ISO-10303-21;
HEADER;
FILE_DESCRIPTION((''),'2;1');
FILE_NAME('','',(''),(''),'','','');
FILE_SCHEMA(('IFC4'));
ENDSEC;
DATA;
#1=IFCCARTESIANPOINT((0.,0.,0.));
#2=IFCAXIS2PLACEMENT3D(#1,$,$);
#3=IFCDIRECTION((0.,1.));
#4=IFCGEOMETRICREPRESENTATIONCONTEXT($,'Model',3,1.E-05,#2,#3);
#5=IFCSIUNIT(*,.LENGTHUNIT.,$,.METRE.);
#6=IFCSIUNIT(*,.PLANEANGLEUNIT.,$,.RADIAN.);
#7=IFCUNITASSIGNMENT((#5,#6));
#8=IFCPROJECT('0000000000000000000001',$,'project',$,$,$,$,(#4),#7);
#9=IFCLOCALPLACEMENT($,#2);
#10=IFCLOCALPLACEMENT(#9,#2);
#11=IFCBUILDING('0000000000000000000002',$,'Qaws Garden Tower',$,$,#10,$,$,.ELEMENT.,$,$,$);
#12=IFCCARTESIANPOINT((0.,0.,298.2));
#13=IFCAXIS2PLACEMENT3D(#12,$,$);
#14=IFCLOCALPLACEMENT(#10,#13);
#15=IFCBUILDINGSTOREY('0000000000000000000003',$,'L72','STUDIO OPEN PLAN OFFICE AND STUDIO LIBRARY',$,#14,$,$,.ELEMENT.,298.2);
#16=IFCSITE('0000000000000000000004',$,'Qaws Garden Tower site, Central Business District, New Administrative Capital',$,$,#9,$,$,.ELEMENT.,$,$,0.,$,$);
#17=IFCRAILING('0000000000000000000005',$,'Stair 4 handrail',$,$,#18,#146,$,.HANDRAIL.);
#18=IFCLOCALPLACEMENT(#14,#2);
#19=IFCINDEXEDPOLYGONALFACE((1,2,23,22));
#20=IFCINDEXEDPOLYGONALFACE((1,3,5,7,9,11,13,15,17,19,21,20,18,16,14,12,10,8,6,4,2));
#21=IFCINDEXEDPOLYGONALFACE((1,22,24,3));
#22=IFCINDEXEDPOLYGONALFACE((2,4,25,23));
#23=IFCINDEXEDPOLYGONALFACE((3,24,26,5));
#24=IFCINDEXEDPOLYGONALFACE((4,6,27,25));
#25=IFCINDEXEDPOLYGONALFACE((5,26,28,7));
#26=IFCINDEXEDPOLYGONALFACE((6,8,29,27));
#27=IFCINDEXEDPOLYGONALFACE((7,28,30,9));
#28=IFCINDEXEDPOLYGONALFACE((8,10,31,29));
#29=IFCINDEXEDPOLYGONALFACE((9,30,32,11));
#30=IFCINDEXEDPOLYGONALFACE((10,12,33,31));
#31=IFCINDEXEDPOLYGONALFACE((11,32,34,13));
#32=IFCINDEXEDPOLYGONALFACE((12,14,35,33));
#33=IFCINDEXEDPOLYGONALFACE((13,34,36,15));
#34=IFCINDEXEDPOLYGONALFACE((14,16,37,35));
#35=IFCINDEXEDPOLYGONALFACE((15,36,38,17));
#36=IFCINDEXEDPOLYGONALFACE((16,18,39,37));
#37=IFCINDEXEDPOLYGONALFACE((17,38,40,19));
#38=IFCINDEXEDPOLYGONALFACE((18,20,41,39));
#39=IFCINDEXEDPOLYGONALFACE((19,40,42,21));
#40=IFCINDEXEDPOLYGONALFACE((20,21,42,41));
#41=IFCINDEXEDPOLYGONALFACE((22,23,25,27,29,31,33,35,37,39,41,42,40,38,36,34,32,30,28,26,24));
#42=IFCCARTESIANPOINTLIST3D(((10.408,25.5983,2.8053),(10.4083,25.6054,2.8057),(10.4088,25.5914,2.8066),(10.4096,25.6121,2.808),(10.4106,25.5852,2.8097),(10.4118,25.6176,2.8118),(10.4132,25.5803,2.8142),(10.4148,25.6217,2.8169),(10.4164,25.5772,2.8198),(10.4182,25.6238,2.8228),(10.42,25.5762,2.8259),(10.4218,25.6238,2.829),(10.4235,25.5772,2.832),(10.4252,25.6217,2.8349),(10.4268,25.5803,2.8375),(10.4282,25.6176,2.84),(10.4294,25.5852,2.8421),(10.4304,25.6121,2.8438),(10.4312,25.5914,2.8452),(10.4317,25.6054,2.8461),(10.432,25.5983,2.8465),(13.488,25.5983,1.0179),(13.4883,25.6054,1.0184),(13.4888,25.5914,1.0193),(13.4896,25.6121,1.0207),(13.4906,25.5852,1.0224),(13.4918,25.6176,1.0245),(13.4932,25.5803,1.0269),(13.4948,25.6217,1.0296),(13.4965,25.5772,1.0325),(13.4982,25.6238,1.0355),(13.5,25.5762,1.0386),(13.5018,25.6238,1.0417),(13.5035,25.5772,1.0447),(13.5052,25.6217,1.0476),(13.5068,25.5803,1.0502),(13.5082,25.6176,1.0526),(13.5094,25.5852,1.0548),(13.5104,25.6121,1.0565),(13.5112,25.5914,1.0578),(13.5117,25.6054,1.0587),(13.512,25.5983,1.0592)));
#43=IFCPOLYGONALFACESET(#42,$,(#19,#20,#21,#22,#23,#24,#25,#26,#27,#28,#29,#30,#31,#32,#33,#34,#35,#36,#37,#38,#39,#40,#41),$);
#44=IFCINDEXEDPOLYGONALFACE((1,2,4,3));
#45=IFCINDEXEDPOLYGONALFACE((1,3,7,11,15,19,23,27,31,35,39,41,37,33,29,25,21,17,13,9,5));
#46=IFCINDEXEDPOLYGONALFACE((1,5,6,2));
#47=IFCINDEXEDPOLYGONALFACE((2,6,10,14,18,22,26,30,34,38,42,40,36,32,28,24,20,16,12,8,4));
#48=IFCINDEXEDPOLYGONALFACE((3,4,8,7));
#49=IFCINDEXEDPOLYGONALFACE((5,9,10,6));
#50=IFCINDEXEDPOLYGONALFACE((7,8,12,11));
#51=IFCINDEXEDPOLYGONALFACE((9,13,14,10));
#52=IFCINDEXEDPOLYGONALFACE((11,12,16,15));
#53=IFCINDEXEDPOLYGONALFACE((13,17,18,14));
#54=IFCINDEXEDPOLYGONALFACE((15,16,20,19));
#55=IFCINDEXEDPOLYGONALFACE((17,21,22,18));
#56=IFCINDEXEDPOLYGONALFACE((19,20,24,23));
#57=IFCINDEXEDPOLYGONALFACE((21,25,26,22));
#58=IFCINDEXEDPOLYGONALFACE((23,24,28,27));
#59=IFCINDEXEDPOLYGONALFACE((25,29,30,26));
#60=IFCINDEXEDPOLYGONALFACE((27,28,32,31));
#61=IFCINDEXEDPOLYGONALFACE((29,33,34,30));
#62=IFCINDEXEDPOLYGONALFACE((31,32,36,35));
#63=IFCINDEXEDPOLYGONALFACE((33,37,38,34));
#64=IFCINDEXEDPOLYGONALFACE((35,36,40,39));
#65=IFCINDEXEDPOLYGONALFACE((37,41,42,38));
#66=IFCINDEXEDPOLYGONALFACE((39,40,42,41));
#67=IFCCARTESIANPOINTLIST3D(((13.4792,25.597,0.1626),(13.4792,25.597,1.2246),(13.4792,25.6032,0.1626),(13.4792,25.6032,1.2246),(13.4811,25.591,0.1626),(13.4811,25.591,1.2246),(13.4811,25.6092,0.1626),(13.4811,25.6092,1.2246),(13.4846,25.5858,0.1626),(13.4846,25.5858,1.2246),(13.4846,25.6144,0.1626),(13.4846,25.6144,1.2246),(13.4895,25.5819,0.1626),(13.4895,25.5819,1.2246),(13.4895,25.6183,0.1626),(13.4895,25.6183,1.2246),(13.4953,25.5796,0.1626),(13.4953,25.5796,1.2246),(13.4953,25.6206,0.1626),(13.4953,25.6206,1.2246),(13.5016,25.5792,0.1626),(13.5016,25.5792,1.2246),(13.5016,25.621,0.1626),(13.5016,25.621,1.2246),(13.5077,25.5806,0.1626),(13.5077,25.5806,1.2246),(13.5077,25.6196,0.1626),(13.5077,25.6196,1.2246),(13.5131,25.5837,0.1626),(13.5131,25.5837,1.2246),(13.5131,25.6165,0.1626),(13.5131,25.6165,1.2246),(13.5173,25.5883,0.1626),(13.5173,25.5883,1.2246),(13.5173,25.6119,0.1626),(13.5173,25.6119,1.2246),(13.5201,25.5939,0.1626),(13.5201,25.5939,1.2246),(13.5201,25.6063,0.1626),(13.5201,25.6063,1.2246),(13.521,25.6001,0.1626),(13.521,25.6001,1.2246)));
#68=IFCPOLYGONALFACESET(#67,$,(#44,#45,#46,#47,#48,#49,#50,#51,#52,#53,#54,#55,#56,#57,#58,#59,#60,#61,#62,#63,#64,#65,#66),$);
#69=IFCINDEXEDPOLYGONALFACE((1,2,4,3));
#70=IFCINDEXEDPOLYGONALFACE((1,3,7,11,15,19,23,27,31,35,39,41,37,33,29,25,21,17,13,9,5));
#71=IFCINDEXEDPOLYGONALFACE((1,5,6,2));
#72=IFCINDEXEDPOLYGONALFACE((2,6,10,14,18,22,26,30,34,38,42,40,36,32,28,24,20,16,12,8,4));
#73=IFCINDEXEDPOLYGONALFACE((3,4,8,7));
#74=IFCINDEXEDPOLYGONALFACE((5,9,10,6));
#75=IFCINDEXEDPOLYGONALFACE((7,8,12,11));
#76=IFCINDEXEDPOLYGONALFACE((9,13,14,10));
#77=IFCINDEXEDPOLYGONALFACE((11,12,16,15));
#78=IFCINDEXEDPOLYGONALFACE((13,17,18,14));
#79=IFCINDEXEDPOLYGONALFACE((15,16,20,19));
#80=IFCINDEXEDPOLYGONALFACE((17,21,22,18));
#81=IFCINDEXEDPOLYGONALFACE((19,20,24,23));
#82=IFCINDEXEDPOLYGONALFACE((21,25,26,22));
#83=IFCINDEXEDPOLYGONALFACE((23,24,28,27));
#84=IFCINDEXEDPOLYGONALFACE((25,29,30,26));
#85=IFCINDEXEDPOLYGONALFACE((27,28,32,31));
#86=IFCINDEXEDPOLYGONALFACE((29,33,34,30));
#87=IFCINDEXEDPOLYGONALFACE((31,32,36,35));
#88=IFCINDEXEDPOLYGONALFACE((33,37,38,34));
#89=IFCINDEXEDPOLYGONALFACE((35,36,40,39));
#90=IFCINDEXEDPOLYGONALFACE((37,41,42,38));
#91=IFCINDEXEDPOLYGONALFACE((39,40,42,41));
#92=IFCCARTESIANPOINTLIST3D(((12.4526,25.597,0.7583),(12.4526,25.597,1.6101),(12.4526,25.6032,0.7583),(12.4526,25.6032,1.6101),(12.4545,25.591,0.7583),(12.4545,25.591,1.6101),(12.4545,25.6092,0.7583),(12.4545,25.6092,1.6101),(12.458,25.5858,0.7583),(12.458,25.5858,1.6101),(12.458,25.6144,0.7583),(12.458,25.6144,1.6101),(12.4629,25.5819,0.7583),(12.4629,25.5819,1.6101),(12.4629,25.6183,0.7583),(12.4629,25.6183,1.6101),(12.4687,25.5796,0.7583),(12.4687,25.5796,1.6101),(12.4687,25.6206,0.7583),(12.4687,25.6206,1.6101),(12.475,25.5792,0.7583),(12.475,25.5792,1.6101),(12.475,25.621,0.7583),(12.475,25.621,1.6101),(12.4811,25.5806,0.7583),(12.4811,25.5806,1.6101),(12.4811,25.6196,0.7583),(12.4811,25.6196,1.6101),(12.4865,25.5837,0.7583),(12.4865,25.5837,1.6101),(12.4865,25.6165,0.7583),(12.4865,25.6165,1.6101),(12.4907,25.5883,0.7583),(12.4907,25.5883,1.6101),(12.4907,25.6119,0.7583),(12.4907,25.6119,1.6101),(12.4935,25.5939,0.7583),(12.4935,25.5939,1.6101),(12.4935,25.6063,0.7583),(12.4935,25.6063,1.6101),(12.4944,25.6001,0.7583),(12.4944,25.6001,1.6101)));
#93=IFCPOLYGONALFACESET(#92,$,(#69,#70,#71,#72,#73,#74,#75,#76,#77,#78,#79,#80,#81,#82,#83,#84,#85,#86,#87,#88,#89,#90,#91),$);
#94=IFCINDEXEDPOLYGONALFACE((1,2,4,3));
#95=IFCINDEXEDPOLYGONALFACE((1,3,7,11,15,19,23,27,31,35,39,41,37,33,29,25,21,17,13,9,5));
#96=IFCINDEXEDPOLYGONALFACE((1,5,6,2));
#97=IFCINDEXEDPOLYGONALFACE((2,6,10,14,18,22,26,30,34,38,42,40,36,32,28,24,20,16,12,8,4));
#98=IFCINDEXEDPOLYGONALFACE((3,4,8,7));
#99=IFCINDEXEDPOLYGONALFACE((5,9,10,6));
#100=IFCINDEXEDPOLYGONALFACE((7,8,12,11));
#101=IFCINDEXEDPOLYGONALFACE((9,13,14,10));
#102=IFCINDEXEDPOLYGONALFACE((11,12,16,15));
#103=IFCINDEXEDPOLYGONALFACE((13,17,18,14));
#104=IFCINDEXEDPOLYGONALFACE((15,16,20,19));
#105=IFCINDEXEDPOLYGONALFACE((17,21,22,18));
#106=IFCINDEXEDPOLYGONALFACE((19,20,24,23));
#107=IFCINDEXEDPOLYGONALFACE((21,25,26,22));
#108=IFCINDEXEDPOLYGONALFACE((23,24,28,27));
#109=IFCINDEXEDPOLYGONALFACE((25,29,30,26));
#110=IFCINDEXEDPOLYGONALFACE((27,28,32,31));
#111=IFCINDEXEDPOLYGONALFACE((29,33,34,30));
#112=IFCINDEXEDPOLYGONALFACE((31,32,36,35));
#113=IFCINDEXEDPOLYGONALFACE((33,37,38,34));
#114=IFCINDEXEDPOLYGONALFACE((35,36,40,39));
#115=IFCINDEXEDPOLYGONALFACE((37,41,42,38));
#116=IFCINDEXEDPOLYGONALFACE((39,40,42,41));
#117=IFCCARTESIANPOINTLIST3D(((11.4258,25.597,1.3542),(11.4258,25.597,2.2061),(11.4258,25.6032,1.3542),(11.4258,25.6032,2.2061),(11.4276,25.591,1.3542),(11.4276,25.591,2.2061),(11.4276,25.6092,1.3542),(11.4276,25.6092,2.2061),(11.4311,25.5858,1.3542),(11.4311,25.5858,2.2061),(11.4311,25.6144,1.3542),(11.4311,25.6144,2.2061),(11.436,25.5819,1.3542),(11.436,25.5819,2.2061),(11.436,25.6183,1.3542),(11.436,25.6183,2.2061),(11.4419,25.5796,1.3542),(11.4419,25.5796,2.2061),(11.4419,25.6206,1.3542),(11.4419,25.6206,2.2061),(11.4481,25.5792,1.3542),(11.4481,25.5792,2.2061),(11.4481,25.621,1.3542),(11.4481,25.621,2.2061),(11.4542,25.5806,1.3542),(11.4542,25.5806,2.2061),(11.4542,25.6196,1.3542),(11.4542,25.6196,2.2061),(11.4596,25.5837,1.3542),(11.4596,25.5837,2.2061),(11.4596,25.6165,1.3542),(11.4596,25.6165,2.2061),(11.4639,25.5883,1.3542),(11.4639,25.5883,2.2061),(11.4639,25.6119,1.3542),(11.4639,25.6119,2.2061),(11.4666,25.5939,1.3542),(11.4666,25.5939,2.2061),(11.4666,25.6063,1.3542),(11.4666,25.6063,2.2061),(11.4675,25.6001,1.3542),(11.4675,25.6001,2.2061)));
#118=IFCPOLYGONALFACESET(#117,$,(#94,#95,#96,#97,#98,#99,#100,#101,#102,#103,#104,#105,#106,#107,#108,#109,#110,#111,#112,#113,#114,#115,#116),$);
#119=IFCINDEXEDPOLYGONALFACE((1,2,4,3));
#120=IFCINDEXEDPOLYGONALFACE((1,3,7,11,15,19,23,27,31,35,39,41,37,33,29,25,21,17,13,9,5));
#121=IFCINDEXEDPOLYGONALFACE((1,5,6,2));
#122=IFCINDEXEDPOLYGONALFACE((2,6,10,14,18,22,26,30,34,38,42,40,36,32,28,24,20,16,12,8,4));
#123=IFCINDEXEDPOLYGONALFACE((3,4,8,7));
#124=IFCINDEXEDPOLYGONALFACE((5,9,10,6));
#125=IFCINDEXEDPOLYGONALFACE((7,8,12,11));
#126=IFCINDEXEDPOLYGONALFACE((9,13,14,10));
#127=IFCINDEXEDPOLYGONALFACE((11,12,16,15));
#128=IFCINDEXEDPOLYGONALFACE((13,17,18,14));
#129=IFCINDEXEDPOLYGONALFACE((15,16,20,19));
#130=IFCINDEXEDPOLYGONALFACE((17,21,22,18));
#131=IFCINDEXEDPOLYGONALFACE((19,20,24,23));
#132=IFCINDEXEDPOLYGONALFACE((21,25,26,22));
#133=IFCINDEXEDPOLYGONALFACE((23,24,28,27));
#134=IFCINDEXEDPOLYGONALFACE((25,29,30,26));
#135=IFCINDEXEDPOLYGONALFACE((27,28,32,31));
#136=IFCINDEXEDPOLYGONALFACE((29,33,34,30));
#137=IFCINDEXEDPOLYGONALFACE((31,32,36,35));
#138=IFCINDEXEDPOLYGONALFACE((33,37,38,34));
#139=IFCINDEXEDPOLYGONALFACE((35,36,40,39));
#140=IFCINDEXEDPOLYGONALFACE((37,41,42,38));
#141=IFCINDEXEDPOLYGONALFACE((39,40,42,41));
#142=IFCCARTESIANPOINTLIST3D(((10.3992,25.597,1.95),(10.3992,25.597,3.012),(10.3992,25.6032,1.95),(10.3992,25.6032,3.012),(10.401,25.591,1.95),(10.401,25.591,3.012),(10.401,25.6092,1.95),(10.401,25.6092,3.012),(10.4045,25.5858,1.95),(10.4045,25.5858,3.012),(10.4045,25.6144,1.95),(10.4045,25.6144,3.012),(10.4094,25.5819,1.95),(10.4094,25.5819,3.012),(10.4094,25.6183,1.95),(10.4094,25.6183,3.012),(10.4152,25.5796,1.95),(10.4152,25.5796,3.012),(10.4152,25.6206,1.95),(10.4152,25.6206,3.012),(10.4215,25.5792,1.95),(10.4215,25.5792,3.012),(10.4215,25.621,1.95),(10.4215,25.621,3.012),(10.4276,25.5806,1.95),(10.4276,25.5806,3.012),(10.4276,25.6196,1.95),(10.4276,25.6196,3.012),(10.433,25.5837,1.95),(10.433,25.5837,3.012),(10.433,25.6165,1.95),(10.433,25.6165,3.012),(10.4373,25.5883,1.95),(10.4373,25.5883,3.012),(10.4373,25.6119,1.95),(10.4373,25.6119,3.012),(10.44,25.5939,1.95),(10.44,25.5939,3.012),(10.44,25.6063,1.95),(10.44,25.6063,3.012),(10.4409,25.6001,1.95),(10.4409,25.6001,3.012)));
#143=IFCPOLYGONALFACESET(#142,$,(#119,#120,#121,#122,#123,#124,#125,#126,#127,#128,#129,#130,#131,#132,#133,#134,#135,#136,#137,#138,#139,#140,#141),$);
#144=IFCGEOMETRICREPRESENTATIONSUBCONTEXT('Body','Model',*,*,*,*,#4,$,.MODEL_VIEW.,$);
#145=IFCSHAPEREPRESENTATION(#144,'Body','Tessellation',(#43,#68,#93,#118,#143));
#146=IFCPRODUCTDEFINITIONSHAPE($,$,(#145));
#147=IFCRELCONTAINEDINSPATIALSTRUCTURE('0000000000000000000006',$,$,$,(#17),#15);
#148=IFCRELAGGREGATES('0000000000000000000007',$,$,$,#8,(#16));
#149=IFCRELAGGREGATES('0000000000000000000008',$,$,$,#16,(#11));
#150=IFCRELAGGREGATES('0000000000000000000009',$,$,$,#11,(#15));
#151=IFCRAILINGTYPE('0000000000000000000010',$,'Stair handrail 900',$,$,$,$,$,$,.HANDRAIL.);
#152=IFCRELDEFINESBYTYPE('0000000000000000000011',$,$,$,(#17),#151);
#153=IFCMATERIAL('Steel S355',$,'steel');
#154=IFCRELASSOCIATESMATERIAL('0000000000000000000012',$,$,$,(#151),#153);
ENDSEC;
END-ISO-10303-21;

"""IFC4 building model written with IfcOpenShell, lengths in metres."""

from ifc_helpers import new_model, si_unit, direction, frame, origin, origin_2d, place, context, subcontext, project, spatial, circle, extrude, material, type_object, element, save


model = new_model("IFC4")

# Units and contexts
model_context = context("Model", 3, precision=1e-05, world=origin(), true_north=direction((0.0, 1.0)))
body_context = subcontext(model_context, "Body", "Model", "MODEL_VIEW")
ifc_project = project(units=[si_unit("LENGTHUNIT", "METRE"), si_unit("PLANEANGLEUNIT", "RADIAN")], contexts=[model_context])

# Site, building, storey
site_placement = place(None, origin())
site = spatial("IfcSite", under=ifc_project, at=site_placement, Name="Qaws Garden Tower site, Central Business District, New Administrative Capital", CompositionType="ELEMENT", RefElevation=0.0)
building_placement = place(site_placement, origin())
building = spatial("IfcBuilding", under=site, at=building_placement, Name="Qaws Garden Tower", CompositionType="ELEMENT")
storey_placement = place(building_placement, frame((0.0, 0.0, 298.2)))
storey = spatial("IfcBuildingStorey", under=building, at=storey_placement, Name="L72", Description="STUDIO OPEN PLAN OFFICE AND STUDIO LIBRARY", CompositionType="ELEMENT", Elevation=298.2)

# Railing
ifc_material_1 = material(Name="Steel S355", Category="steel")
railing_type = type_object("IfcRailingType", Name="Stair handrail 900", PredefinedType="HANDRAIL", material=ifc_material_1)
railing_1_placement = place(storey_placement, frame((13.5, 25.6001, 0.1626)))
element("IfcRailing", 1, at=railing_1_placement, inside=storey, type_object=railing_type, Name="Stair 4 handrail", PredefinedType="HANDRAIL", context=body_context, shape_type="SweptSolid", body=[
    extrude(circle(Radius=0.0239, at=origin_2d()), frame((0.0, 0.0, 0.876), z_axis=(-0.86492, 0.0, 0.501909), x_axis=(0.0, -1.0, 0.0)), (0.0, 0.0, 1.0), 3.561),
    extrude(circle(Radius=0.021, at=origin_2d()), origin(), (0.0, 0.0, 1.0), 1.062),
    extrude(circle(Radius=0.021, at=origin_2d()), frame((-1.0266, 0.0, 0.5957)), (0.0, 0.0, 1.0), 0.8518),
    extrude(circle(Radius=0.021, at=origin_2d()), frame((-2.0535, 0.0, 1.1917)), (0.0, 0.0, 1.0), 0.8518),
    extrude(circle(Radius=0.021, at=origin_2d()), frame((-3.0801, 0.0, 1.7874)), (0.0, 0.0, 1.0), 1.062),
])

save(model, "model.ifc")
